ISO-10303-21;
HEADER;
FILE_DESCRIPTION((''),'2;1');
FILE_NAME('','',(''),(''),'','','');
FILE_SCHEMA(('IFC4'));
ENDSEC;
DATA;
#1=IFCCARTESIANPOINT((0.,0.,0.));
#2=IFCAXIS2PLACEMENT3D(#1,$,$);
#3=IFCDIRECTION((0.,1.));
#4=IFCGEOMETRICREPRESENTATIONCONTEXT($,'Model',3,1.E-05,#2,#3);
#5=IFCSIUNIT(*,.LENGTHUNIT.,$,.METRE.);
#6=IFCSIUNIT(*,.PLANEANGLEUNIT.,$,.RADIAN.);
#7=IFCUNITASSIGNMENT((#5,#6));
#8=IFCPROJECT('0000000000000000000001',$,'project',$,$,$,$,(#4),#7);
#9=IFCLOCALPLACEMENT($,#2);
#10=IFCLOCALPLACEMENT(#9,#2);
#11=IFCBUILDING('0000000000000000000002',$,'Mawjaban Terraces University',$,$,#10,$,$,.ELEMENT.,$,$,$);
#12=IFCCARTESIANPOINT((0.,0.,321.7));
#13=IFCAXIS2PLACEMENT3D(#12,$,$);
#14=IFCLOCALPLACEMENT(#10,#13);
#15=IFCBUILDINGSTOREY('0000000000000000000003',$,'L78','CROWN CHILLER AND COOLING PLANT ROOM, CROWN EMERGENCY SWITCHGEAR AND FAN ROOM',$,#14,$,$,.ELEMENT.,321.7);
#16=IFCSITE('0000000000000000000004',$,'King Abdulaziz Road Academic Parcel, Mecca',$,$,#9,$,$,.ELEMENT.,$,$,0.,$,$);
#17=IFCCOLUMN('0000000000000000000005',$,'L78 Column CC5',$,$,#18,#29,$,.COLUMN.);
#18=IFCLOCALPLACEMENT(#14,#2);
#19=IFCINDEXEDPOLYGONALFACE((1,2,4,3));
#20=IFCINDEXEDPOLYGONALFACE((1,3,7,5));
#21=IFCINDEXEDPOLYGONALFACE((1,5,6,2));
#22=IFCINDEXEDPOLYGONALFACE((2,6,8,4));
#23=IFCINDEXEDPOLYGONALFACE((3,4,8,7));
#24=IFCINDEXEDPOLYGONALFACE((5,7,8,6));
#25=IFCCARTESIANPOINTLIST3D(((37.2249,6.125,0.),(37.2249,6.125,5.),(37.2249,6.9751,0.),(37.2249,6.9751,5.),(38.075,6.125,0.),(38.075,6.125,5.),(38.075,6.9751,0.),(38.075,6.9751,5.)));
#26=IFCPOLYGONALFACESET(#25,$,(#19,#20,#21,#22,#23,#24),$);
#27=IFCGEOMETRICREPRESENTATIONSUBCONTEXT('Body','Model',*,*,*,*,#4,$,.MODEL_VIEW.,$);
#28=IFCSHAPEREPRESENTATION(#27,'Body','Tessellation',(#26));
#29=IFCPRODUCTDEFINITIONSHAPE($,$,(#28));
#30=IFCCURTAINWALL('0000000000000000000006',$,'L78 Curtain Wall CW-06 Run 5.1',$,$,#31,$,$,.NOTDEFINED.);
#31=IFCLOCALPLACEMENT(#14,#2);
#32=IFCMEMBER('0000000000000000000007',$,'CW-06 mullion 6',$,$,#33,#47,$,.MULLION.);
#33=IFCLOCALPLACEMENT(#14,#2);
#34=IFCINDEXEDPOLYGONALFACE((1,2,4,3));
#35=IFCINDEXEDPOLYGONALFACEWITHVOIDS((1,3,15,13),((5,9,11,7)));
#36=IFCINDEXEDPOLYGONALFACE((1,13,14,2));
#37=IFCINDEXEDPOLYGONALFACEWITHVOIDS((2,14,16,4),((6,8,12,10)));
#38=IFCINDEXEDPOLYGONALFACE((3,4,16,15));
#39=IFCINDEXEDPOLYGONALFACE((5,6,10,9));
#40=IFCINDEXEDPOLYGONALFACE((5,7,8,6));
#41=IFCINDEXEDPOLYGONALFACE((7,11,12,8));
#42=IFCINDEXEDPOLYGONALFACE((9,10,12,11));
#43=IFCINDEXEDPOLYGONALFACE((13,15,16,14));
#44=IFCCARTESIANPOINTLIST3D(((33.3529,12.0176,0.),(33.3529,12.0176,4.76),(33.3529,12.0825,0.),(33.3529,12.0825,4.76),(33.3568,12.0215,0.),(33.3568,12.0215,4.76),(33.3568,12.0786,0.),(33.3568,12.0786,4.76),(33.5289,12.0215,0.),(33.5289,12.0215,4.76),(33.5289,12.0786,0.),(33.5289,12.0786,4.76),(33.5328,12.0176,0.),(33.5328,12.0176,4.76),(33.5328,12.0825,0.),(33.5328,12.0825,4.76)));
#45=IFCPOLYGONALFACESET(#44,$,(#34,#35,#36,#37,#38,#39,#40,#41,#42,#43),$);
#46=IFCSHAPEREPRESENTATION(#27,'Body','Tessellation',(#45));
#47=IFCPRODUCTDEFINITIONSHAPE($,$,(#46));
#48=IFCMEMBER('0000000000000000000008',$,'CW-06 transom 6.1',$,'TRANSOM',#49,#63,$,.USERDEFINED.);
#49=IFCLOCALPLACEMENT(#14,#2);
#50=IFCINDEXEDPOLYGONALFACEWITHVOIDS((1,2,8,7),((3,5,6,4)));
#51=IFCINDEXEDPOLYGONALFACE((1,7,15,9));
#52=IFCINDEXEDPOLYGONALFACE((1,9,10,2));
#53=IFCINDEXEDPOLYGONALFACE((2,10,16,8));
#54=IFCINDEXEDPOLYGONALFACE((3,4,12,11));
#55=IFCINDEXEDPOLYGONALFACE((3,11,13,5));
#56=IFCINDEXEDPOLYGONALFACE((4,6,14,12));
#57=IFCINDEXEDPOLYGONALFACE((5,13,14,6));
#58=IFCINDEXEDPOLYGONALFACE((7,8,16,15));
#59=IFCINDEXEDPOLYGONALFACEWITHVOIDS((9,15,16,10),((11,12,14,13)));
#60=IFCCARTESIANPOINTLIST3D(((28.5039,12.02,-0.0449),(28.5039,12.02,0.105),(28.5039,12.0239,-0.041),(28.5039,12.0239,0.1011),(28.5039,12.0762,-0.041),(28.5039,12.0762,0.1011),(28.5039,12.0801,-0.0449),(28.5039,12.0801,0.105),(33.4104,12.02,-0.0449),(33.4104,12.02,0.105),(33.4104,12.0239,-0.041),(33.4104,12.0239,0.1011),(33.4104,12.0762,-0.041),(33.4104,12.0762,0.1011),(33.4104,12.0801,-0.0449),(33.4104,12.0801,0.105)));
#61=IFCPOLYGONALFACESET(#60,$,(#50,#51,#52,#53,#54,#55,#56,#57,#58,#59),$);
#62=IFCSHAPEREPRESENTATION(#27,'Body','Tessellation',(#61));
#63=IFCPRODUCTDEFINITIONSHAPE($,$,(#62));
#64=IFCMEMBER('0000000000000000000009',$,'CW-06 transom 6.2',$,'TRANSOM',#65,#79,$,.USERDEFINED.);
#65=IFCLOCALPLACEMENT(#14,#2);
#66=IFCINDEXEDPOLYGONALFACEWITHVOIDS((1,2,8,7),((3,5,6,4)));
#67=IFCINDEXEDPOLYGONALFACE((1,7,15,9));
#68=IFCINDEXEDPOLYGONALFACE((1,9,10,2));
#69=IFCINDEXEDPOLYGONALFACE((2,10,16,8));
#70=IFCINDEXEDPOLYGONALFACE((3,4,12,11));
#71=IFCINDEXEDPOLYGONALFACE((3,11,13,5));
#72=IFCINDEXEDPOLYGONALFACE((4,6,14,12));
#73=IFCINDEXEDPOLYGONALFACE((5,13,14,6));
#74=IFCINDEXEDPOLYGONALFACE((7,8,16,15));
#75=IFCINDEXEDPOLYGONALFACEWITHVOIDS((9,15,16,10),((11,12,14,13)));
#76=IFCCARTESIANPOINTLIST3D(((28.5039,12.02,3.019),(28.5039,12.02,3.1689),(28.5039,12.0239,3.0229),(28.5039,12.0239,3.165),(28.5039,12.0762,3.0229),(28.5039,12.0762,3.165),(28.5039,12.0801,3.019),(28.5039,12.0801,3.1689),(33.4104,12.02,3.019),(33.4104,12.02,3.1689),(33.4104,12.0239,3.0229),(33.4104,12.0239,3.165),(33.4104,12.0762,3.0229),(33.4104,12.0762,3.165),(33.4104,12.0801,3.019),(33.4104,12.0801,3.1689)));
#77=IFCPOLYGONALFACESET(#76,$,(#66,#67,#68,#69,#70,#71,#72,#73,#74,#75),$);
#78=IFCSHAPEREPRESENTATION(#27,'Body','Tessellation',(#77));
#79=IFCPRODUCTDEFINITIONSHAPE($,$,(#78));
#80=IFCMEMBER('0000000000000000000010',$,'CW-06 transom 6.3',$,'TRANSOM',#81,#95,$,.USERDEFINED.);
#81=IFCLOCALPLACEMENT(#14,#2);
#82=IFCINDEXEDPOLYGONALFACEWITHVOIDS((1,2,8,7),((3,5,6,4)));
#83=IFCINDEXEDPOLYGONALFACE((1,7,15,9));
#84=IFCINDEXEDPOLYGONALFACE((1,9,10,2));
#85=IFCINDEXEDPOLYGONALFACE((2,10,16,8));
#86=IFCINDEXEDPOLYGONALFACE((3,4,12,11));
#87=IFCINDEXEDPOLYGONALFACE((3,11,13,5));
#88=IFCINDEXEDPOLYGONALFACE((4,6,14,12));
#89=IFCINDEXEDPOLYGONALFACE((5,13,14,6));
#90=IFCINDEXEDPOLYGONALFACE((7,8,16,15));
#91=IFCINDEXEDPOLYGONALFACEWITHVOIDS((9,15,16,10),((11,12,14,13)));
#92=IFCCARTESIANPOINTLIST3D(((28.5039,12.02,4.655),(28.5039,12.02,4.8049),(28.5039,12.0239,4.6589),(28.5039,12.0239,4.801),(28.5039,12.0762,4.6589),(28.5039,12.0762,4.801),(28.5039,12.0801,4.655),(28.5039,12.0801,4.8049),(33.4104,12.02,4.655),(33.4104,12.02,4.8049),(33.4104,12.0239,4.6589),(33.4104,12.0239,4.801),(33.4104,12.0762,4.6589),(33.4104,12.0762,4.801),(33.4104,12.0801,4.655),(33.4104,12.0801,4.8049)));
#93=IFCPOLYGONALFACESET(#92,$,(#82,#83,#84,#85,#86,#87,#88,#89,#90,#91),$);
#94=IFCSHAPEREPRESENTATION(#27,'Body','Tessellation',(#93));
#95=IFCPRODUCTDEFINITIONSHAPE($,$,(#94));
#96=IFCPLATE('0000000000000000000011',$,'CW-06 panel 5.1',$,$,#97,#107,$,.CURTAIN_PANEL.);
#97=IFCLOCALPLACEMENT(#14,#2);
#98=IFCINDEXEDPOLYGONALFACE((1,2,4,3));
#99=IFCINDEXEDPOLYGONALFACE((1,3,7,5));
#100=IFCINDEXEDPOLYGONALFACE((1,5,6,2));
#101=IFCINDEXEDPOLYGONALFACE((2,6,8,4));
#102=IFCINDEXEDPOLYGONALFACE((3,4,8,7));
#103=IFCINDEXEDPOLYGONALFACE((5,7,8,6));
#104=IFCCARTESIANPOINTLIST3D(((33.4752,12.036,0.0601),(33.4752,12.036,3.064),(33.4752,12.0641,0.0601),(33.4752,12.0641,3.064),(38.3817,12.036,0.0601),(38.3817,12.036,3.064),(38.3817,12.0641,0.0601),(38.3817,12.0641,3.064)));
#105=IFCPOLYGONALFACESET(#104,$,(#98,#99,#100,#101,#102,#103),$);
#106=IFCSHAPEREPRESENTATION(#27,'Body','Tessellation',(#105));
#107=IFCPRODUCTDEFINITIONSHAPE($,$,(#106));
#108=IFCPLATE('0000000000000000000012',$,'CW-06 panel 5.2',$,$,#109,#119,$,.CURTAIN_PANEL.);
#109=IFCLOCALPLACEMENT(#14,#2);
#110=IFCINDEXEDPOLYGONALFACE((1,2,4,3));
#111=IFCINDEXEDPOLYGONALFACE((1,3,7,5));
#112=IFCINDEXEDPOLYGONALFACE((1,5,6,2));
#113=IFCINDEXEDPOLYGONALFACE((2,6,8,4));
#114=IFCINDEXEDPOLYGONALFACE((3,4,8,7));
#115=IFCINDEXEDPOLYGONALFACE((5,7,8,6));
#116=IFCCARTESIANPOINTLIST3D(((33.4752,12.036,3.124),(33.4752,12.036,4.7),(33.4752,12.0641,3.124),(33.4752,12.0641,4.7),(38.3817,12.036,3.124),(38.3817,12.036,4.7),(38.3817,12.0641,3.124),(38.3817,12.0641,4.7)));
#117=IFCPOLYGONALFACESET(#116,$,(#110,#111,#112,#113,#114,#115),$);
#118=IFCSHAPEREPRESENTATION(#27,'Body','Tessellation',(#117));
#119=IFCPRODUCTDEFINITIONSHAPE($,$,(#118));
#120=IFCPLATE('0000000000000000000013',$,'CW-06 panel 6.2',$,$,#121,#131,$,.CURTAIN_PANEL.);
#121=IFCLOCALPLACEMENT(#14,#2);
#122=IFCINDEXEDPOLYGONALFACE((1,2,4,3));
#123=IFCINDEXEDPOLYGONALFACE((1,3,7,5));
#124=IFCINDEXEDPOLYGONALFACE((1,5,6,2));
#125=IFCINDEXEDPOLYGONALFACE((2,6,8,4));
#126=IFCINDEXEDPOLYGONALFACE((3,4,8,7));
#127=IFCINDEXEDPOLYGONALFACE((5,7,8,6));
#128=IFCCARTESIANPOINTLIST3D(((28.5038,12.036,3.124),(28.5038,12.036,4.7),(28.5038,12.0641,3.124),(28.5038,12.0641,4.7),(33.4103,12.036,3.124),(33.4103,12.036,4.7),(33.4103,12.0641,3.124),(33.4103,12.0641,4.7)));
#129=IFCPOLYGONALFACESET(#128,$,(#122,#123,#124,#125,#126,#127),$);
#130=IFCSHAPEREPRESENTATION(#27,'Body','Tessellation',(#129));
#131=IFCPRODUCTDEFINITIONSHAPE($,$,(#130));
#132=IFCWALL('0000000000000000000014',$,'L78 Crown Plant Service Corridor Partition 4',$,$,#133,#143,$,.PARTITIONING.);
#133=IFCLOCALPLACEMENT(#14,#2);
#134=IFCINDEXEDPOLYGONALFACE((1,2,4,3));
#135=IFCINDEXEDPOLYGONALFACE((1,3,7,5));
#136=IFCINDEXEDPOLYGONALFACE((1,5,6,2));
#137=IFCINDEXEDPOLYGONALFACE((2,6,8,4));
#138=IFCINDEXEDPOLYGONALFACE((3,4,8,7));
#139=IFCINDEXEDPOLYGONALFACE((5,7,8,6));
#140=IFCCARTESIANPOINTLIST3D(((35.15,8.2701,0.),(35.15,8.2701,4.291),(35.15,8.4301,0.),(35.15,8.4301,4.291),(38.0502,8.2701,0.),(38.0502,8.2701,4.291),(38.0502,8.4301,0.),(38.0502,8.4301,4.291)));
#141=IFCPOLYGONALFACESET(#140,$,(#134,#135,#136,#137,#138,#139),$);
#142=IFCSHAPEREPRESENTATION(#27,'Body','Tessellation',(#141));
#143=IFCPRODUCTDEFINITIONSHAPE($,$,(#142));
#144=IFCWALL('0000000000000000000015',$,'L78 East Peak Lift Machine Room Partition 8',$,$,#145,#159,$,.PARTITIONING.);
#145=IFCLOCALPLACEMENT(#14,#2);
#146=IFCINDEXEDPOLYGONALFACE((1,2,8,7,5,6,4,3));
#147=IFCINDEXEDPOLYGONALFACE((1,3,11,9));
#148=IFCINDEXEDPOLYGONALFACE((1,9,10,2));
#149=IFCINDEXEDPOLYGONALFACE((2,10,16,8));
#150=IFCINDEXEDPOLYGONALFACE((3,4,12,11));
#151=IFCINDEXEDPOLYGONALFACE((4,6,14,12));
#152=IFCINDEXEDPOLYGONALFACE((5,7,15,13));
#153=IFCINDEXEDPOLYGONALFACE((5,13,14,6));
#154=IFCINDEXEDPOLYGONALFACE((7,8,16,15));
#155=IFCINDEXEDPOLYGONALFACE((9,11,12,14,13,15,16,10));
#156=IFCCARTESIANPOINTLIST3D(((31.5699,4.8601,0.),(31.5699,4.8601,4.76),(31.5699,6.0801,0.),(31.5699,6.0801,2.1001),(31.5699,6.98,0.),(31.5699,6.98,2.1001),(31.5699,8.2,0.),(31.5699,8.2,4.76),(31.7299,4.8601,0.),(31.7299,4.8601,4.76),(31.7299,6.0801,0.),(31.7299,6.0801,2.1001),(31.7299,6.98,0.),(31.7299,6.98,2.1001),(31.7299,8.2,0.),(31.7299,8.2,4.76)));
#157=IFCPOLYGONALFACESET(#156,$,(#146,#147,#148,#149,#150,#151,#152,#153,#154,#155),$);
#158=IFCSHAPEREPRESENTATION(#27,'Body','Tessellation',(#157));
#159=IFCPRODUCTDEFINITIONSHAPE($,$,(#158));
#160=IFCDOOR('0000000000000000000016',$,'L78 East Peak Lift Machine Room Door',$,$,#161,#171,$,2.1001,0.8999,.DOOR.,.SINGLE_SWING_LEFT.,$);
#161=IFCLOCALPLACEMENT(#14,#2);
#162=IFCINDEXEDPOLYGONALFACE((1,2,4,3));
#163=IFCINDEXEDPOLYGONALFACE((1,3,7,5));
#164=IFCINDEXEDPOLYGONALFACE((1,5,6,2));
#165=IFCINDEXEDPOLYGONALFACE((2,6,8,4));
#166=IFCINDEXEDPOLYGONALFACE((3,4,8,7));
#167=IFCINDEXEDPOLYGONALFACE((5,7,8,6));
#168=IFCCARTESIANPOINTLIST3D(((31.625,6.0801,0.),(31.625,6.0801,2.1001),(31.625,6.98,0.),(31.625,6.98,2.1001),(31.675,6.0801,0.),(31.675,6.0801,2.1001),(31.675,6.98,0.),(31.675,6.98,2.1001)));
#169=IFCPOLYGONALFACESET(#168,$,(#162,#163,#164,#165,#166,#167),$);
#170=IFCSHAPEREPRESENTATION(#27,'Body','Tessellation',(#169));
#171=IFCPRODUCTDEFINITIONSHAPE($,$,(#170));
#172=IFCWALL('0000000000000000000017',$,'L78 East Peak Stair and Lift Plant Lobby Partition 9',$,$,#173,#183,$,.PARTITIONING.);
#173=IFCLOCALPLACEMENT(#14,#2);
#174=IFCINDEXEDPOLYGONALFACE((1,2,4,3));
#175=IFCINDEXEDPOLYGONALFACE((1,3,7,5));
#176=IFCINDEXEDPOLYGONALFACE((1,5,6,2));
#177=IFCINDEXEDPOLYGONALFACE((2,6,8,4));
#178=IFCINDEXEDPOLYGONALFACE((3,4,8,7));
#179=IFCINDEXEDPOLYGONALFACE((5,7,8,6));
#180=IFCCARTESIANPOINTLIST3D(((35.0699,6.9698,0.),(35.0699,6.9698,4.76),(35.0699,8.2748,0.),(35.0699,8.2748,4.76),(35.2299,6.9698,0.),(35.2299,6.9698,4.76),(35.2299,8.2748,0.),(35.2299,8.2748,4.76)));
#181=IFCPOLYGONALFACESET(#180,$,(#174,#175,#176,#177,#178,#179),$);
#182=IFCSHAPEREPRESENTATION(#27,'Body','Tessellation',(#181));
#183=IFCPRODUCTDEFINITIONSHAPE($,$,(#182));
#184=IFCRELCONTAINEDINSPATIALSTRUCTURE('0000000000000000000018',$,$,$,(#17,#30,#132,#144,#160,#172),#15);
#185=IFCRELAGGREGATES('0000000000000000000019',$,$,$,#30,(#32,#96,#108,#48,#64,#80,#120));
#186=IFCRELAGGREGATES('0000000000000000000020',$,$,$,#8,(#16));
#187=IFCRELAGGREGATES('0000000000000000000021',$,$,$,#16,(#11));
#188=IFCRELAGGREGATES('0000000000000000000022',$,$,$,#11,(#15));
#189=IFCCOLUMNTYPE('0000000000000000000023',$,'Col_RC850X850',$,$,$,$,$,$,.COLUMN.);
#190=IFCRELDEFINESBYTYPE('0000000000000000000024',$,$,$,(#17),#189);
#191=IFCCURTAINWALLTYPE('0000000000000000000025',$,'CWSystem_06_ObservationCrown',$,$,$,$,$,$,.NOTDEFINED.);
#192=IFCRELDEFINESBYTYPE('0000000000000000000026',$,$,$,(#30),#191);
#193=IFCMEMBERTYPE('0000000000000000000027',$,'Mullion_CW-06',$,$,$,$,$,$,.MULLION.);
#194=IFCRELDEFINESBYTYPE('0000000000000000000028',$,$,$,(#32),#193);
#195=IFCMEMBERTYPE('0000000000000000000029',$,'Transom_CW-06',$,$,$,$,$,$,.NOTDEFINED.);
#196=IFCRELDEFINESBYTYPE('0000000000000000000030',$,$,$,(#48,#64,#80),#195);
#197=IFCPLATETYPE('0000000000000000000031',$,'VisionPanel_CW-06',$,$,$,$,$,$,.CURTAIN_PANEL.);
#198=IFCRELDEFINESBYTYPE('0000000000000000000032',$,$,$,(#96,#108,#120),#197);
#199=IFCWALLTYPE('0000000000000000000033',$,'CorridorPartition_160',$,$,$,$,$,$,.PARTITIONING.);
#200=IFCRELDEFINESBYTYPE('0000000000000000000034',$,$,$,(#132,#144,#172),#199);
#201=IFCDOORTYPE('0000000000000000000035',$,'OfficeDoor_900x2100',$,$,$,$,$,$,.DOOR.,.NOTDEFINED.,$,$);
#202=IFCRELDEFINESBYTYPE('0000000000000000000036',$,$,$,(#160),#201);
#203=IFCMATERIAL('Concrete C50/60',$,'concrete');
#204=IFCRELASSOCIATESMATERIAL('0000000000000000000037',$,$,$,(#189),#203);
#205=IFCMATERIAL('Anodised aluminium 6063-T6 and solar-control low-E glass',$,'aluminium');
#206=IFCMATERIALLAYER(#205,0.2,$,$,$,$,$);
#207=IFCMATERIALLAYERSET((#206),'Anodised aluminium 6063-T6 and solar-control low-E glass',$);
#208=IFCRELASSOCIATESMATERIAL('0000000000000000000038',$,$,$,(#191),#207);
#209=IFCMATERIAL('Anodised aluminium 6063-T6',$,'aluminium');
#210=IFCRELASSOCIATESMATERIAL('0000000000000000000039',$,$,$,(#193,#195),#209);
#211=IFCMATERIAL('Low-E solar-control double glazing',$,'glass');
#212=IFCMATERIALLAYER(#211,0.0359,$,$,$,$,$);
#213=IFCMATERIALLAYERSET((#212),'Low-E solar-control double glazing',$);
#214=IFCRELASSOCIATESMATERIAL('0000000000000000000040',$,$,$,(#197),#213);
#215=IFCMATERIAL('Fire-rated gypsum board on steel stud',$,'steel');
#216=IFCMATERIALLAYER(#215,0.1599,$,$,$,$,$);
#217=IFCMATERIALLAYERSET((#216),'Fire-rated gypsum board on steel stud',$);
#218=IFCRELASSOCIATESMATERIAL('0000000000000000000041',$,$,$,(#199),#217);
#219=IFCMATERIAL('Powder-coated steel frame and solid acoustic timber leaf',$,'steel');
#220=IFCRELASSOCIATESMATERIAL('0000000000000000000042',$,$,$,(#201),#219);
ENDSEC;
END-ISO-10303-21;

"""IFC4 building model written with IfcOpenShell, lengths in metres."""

from ifc_helpers import new_model, si_unit, direction, frame, frame_2d, origin, origin_2d, place, context, subcontext, project, spatial, rectangle, hollow_rectangle, extrude, material, layer, layer_set, material_profile, profile_set, type_object, element, fill, aggregate, save


model = new_model("IFC4")

# Units and contexts
model_context = context("Model", 3, precision=1e-05, world=origin(), true_north=direction((0.0, 1.0)))
body_context = subcontext(model_context, "Body", "Model", "MODEL_VIEW")
ifc_project = project(units=[si_unit("LENGTHUNIT", "METRE"), si_unit("PLANEANGLEUNIT", "RADIAN")], contexts=[model_context])

# Site, building, storey
site_placement = place(None, origin())
site = spatial("IfcSite", under=ifc_project, at=site_placement, Name="King Abdulaziz Road Academic Parcel, Mecca", CompositionType="ELEMENT", RefElevation=0.0)
building_placement = place(site_placement, origin())
building = spatial("IfcBuilding", under=site, at=building_placement, Name="Mawjaban Terraces University", CompositionType="ELEMENT")
storey_placement = place(building_placement, frame((0.0, 0.0, 321.7)))
storey = spatial("IfcBuildingStorey", under=building, at=storey_placement, Name="L78", Description="CROWN CHILLER AND COOLING PLANT ROOM, CROWN EMERGENCY SWITCHGEAR AND FAN ROOM", CompositionType="ELEMENT", Elevation=321.7)

# Column
ifc_material_1 = material(Name="Concrete C50/60", Category="concrete")
ifc_material_profile_1 = material_profile(ifc_material_1, rectangle(XDim=0.8501, YDim=0.8501, at=origin_2d()), Name="RC850X850")
ifc_profile_set_1 = profile_set([ifc_material_profile_1], Name="Concrete C50/60")
column_type = type_object("IfcColumnType", Name="Col_RC850X850", PredefinedType="COLUMN", material=ifc_profile_set_1)
column_placement = place(storey_placement, frame((37.6499, 6.55, 0.0), z_axis=(0.0, 0.0, 1.0), x_axis=(1.0, 0.0, 0.0)))
element("IfcColumn", 1, at=column_placement, inside=storey, type_object=column_type, Name="L78 Column CC5", PredefinedType="COLUMN", context=body_context, shape_type="SweptSolid", body=[
    extrude(rectangle(XDim=0.8501, YDim=0.8501, at=origin_2d()), origin(), (0.0, 0.0, 1.0), 5.0),
])

# Curtain wall, members, plates
ifc_material_2 = material(Name="Anodised aluminium 6063-T6 and solar-control low-E glass", Category="aluminium")
ifc_layer_1 = layer(ifc_material_2, 0.2)
ifc_layer_set_1 = layer_set([ifc_layer_1], Name="Anodised aluminium 6063-T6 and solar-control low-E glass")
curtain_wall_type = type_object("IfcCurtainWallType", Name="CWSystem_06_ObservationCrown", PredefinedType="NOTDEFINED", material=ifc_layer_set_1)
curtain_wall_placement = place(storey_placement, origin())
curtain_wall = element("IfcCurtainWall", 2, at=curtain_wall_placement, inside=storey, type_object=curtain_wall_type, Name="L78 Curtain Wall CW-06 Run 5.1", PredefinedType="NOTDEFINED")
ifc_material_3 = material(Name="Anodised aluminium 6063-T6", Category="aluminium")
ifc_material_profile_2 = material_profile(ifc_material_3, hollow_rectangle(XDim=0.0649, YDim=0.1799, WallThickness=0.0039, at=origin_2d()), Name="ALU180X65X4")
ifc_profile_set_2 = profile_set([ifc_material_profile_2], Name="Anodised aluminium 6063-T6")
member_type_1 = type_object("IfcMemberType", Name="Mullion_CW-06", PredefinedType="MULLION", material=ifc_profile_set_2)
member_1_placement = place(storey_placement, frame((33.4429, 12.05, 0.0), z_axis=(0.0, 0.0, 1.0), x_axis=(0.0, -1.0, 0.0)))
member_1 = element("IfcMember", 3, at=member_1_placement, type_object=member_type_1, Name="CW-06 mullion 6", PredefinedType="MULLION", context=body_context, shape_type="SweptSolid", body=[
    extrude(hollow_rectangle(XDim=0.0649, YDim=0.1799, WallThickness=0.0039, at=origin_2d()), origin(), (0.0, 0.0, 1.0), 4.76),
])
ifc_material_profile_3 = material_profile(ifc_material_3, hollow_rectangle(XDim=0.0601, YDim=0.1499, WallThickness=0.0039, at=origin_2d()), Name="ALU150X60X4")
ifc_profile_set_3 = profile_set([ifc_material_profile_3], Name="Anodised aluminium 6063-T6")
member_type_2 = type_object("IfcMemberType", Name="Transom_CW-06", PredefinedType="NOTDEFINED", material=ifc_profile_set_3)
member_2_placement = place(storey_placement, frame((33.4104, 12.05, 0.03), z_axis=(-1.0, 0.0, 0.0), x_axis=(0.0, -1.0, 0.0)))
member_2 = element("IfcMember", 4, at=member_2_placement, type_object=member_type_2, Name="CW-06 transom 6.1", ObjectType="TRANSOM", PredefinedType="USERDEFINED", context=body_context, shape_type="SweptSolid", body=[
    extrude(hollow_rectangle(XDim=0.0601, YDim=0.1499, WallThickness=0.0039, at=origin_2d()), origin(), (0.0, 0.0, 1.0), 4.9065),
])
member_3_placement = place(storey_placement, frame((33.4104, 12.05, 3.094), z_axis=(-1.0, 0.0, 0.0), x_axis=(0.0, -1.0, 0.0)))
member_3 = element("IfcMember", 5, at=member_3_placement, type_object=member_type_2, Name="CW-06 transom 6.2", ObjectType="TRANSOM", PredefinedType="USERDEFINED", context=body_context, shape_type="SweptSolid", body=[
    extrude(hollow_rectangle(XDim=0.0601, YDim=0.1499, WallThickness=0.0039, at=origin_2d()), origin(), (0.0, 0.0, 1.0), 4.9065),
])
member_4_placement = place(storey_placement, frame((33.4104, 12.05, 4.73), z_axis=(-1.0, 0.0, 0.0), x_axis=(0.0, -1.0, 0.0)))
member_4 = element("IfcMember", 6, at=member_4_placement, type_object=member_type_2, Name="CW-06 transom 6.3", ObjectType="TRANSOM", PredefinedType="USERDEFINED", context=body_context, shape_type="SweptSolid", body=[
    extrude(hollow_rectangle(XDim=0.0601, YDim=0.1499, WallThickness=0.0039, at=origin_2d()), origin(), (0.0, 0.0, 1.0), 4.9065),
])
ifc_material_4 = material(Name="Low-E solar-control double glazing", Category="glass")
ifc_layer_2 = layer(ifc_material_4, 0.0359)
ifc_layer_set_2 = layer_set([ifc_layer_2], Name="Low-E solar-control double glazing")
plate_type = type_object("IfcPlateType", Name="VisionPanel_CW-06", PredefinedType="CURTAIN_PANEL", material=ifc_layer_set_2)
plate_1_placement = place(storey_placement, frame((35.9285, 12.05, 0.0601), z_axis=(0.0, 0.0, 1.0), x_axis=(-1.0, 0.0, 0.0)))
plate_1 = element("IfcPlate", 7, at=plate_1_placement, type_object=plate_type, Name="CW-06 panel 5.1", PredefinedType="CURTAIN_PANEL", context=body_context, shape_type="SweptSolid", body=[
    extrude(rectangle(XDim=4.9065, YDim=0.0281, at=origin_2d()), origin(), (0.0, 0.0, 1.0), 3.0039),
])
plate_2_placement = place(storey_placement, frame((35.9285, 12.05, 3.124), z_axis=(0.0, 0.0, 1.0), x_axis=(-1.0, 0.0, 0.0)))
plate_2 = element("IfcPlate", 8, at=plate_2_placement, type_object=plate_type, Name="CW-06 panel 5.2", PredefinedType="CURTAIN_PANEL", context=body_context, shape_type="SweptSolid", body=[
    extrude(rectangle(XDim=4.9065, YDim=0.0281, at=origin_2d()), origin(), (0.0, 0.0, 1.0), 1.5759),
])
plate_3_placement = place(storey_placement, frame((30.957, 12.05, 3.124), z_axis=(0.0, 0.0, 1.0), x_axis=(-1.0, 0.0, 0.0)))
plate_3 = element("IfcPlate", 9, at=plate_3_placement, type_object=plate_type, Name="CW-06 panel 6.2", PredefinedType="CURTAIN_PANEL", context=body_context, shape_type="SweptSolid", body=[
    extrude(rectangle(XDim=4.9065, YDim=0.0281, at=origin_2d()), origin(), (0.0, 0.0, 1.0), 1.5759),
])
aggregate(curtain_wall, [member_1, plate_1, plate_2, member_2, member_3, member_4, plate_3])

# Wall
ifc_material_5 = material(Name="Fire-rated gypsum board on steel stud", Category="steel")
ifc_layer_3 = layer(ifc_material_5, 0.1599)
ifc_layer_set_3 = layer_set([ifc_layer_3], Name="Fire-rated gypsum board on steel stud")
wall_type_1 = type_object("IfcWallType", Name="CorridorPartition_160", PredefinedType="PARTITIONING", material=ifc_layer_set_3)
wall_1_placement = place(storey_placement, frame((35.1499, 8.3501, 0.0), z_axis=(0.0, 0.0, 1.0), x_axis=(1.0, 0.0, 0.0)))
element("IfcWall", 10, at=wall_1_placement, inside=storey, type_object=wall_type_1, Name="L78 Crown Plant Service Corridor Partition 4", PredefinedType="PARTITIONING", context=body_context, shape_type="SweptSolid", body=[
    extrude(rectangle(XDim=2.9001, YDim=0.1599, at=frame_2d((1.4502, 0.0))), origin(), (0.0, 0.0, 1.0), 4.291),
])

# Wall, opening, door
wall_2_placement = place(storey_placement, frame((31.6499, 4.8601, 0.0), z_axis=(0.0, 0.0, 1.0), x_axis=(0.0, 1.0, 0.0)))
wall_2 = element("IfcWall", 11, at=wall_2_placement, inside=storey, type_object=wall_type_1, Name="L78 East Peak Lift Machine Room Partition 8", PredefinedType="PARTITIONING", context=body_context, shape_type="SweptSolid", body=[
    extrude(rectangle(XDim=3.3398, YDim=0.1599, at=frame_2d((1.6699, 0.0))), origin(), (0.0, 0.0, 1.0), 4.76),
])
opening_1_placement = place(wall_2_placement, frame((1.22, 0.0, 0.0)))
opening_1 = element("IfcOpeningElement", 12, at=opening_1_placement, cuts=wall_2, PredefinedType="OPENING", context=body_context, shape_type="SweptSolid", body=[
    extrude(rectangle(XDim=0.8999, YDim=2.1001, at=frame_2d((0.45, 1.05))), frame((0.0, 0.0898, 0.0), z_axis=(0.0, -1.0, 0.0), x_axis=(1.0, 0.0, 0.0)), (0.0, 0.0, 1.0), 0.1799),
])
ifc_material_6 = material(Name="Powder-coated steel frame and solid acoustic timber leaf", Category="steel")
door_type_1 = type_object("IfcDoorType", Name="OfficeDoor_900x2100", OperationType="NOTDEFINED", PredefinedType="DOOR", material=ifc_material_6)
door_1_placement = place(opening_1_placement, origin())
door_1 = element("IfcDoor", 13, at=door_1_placement, inside=storey, type_object=door_type_1, Name="L78 East Peak Lift Machine Room Door", OperationType="SINGLE_SWING_LEFT", OverallHeight=2.1001, OverallWidth=0.8999, PredefinedType="DOOR", context=body_context, shape_type="SweptSolid", body=[
    extrude(rectangle(XDim=0.8999, YDim=2.1001, at=frame_2d((0.45, 1.05))), frame((0.0, 0.0249, 0.0), z_axis=(0.0, -1.0, 0.0), x_axis=(1.0, 0.0, 0.0)), (0.0, 0.0, 1.0), 0.05),
])
fill(opening_1, door_1)

# Wall
wall_3_placement = place(storey_placement, frame((35.1499, 6.97, 0.0), z_axis=(0.0, 0.0, 1.0), x_axis=(0.0, 1.0, 0.0)))
element("IfcWall", 14, at=wall_3_placement, inside=storey, type_object=wall_type_1, Name="L78 East Peak Stair and Lift Plant Lobby Partition 9", PredefinedType="PARTITIONING", context=body_context, shape_type="SweptSolid", body=[
    extrude(rectangle(XDim=1.3049, YDim=0.1599, at=frame_2d((0.6523, 0.0))), origin(), (0.0, 0.0, 1.0), 4.76),
])

save(model, "model.ifc")
